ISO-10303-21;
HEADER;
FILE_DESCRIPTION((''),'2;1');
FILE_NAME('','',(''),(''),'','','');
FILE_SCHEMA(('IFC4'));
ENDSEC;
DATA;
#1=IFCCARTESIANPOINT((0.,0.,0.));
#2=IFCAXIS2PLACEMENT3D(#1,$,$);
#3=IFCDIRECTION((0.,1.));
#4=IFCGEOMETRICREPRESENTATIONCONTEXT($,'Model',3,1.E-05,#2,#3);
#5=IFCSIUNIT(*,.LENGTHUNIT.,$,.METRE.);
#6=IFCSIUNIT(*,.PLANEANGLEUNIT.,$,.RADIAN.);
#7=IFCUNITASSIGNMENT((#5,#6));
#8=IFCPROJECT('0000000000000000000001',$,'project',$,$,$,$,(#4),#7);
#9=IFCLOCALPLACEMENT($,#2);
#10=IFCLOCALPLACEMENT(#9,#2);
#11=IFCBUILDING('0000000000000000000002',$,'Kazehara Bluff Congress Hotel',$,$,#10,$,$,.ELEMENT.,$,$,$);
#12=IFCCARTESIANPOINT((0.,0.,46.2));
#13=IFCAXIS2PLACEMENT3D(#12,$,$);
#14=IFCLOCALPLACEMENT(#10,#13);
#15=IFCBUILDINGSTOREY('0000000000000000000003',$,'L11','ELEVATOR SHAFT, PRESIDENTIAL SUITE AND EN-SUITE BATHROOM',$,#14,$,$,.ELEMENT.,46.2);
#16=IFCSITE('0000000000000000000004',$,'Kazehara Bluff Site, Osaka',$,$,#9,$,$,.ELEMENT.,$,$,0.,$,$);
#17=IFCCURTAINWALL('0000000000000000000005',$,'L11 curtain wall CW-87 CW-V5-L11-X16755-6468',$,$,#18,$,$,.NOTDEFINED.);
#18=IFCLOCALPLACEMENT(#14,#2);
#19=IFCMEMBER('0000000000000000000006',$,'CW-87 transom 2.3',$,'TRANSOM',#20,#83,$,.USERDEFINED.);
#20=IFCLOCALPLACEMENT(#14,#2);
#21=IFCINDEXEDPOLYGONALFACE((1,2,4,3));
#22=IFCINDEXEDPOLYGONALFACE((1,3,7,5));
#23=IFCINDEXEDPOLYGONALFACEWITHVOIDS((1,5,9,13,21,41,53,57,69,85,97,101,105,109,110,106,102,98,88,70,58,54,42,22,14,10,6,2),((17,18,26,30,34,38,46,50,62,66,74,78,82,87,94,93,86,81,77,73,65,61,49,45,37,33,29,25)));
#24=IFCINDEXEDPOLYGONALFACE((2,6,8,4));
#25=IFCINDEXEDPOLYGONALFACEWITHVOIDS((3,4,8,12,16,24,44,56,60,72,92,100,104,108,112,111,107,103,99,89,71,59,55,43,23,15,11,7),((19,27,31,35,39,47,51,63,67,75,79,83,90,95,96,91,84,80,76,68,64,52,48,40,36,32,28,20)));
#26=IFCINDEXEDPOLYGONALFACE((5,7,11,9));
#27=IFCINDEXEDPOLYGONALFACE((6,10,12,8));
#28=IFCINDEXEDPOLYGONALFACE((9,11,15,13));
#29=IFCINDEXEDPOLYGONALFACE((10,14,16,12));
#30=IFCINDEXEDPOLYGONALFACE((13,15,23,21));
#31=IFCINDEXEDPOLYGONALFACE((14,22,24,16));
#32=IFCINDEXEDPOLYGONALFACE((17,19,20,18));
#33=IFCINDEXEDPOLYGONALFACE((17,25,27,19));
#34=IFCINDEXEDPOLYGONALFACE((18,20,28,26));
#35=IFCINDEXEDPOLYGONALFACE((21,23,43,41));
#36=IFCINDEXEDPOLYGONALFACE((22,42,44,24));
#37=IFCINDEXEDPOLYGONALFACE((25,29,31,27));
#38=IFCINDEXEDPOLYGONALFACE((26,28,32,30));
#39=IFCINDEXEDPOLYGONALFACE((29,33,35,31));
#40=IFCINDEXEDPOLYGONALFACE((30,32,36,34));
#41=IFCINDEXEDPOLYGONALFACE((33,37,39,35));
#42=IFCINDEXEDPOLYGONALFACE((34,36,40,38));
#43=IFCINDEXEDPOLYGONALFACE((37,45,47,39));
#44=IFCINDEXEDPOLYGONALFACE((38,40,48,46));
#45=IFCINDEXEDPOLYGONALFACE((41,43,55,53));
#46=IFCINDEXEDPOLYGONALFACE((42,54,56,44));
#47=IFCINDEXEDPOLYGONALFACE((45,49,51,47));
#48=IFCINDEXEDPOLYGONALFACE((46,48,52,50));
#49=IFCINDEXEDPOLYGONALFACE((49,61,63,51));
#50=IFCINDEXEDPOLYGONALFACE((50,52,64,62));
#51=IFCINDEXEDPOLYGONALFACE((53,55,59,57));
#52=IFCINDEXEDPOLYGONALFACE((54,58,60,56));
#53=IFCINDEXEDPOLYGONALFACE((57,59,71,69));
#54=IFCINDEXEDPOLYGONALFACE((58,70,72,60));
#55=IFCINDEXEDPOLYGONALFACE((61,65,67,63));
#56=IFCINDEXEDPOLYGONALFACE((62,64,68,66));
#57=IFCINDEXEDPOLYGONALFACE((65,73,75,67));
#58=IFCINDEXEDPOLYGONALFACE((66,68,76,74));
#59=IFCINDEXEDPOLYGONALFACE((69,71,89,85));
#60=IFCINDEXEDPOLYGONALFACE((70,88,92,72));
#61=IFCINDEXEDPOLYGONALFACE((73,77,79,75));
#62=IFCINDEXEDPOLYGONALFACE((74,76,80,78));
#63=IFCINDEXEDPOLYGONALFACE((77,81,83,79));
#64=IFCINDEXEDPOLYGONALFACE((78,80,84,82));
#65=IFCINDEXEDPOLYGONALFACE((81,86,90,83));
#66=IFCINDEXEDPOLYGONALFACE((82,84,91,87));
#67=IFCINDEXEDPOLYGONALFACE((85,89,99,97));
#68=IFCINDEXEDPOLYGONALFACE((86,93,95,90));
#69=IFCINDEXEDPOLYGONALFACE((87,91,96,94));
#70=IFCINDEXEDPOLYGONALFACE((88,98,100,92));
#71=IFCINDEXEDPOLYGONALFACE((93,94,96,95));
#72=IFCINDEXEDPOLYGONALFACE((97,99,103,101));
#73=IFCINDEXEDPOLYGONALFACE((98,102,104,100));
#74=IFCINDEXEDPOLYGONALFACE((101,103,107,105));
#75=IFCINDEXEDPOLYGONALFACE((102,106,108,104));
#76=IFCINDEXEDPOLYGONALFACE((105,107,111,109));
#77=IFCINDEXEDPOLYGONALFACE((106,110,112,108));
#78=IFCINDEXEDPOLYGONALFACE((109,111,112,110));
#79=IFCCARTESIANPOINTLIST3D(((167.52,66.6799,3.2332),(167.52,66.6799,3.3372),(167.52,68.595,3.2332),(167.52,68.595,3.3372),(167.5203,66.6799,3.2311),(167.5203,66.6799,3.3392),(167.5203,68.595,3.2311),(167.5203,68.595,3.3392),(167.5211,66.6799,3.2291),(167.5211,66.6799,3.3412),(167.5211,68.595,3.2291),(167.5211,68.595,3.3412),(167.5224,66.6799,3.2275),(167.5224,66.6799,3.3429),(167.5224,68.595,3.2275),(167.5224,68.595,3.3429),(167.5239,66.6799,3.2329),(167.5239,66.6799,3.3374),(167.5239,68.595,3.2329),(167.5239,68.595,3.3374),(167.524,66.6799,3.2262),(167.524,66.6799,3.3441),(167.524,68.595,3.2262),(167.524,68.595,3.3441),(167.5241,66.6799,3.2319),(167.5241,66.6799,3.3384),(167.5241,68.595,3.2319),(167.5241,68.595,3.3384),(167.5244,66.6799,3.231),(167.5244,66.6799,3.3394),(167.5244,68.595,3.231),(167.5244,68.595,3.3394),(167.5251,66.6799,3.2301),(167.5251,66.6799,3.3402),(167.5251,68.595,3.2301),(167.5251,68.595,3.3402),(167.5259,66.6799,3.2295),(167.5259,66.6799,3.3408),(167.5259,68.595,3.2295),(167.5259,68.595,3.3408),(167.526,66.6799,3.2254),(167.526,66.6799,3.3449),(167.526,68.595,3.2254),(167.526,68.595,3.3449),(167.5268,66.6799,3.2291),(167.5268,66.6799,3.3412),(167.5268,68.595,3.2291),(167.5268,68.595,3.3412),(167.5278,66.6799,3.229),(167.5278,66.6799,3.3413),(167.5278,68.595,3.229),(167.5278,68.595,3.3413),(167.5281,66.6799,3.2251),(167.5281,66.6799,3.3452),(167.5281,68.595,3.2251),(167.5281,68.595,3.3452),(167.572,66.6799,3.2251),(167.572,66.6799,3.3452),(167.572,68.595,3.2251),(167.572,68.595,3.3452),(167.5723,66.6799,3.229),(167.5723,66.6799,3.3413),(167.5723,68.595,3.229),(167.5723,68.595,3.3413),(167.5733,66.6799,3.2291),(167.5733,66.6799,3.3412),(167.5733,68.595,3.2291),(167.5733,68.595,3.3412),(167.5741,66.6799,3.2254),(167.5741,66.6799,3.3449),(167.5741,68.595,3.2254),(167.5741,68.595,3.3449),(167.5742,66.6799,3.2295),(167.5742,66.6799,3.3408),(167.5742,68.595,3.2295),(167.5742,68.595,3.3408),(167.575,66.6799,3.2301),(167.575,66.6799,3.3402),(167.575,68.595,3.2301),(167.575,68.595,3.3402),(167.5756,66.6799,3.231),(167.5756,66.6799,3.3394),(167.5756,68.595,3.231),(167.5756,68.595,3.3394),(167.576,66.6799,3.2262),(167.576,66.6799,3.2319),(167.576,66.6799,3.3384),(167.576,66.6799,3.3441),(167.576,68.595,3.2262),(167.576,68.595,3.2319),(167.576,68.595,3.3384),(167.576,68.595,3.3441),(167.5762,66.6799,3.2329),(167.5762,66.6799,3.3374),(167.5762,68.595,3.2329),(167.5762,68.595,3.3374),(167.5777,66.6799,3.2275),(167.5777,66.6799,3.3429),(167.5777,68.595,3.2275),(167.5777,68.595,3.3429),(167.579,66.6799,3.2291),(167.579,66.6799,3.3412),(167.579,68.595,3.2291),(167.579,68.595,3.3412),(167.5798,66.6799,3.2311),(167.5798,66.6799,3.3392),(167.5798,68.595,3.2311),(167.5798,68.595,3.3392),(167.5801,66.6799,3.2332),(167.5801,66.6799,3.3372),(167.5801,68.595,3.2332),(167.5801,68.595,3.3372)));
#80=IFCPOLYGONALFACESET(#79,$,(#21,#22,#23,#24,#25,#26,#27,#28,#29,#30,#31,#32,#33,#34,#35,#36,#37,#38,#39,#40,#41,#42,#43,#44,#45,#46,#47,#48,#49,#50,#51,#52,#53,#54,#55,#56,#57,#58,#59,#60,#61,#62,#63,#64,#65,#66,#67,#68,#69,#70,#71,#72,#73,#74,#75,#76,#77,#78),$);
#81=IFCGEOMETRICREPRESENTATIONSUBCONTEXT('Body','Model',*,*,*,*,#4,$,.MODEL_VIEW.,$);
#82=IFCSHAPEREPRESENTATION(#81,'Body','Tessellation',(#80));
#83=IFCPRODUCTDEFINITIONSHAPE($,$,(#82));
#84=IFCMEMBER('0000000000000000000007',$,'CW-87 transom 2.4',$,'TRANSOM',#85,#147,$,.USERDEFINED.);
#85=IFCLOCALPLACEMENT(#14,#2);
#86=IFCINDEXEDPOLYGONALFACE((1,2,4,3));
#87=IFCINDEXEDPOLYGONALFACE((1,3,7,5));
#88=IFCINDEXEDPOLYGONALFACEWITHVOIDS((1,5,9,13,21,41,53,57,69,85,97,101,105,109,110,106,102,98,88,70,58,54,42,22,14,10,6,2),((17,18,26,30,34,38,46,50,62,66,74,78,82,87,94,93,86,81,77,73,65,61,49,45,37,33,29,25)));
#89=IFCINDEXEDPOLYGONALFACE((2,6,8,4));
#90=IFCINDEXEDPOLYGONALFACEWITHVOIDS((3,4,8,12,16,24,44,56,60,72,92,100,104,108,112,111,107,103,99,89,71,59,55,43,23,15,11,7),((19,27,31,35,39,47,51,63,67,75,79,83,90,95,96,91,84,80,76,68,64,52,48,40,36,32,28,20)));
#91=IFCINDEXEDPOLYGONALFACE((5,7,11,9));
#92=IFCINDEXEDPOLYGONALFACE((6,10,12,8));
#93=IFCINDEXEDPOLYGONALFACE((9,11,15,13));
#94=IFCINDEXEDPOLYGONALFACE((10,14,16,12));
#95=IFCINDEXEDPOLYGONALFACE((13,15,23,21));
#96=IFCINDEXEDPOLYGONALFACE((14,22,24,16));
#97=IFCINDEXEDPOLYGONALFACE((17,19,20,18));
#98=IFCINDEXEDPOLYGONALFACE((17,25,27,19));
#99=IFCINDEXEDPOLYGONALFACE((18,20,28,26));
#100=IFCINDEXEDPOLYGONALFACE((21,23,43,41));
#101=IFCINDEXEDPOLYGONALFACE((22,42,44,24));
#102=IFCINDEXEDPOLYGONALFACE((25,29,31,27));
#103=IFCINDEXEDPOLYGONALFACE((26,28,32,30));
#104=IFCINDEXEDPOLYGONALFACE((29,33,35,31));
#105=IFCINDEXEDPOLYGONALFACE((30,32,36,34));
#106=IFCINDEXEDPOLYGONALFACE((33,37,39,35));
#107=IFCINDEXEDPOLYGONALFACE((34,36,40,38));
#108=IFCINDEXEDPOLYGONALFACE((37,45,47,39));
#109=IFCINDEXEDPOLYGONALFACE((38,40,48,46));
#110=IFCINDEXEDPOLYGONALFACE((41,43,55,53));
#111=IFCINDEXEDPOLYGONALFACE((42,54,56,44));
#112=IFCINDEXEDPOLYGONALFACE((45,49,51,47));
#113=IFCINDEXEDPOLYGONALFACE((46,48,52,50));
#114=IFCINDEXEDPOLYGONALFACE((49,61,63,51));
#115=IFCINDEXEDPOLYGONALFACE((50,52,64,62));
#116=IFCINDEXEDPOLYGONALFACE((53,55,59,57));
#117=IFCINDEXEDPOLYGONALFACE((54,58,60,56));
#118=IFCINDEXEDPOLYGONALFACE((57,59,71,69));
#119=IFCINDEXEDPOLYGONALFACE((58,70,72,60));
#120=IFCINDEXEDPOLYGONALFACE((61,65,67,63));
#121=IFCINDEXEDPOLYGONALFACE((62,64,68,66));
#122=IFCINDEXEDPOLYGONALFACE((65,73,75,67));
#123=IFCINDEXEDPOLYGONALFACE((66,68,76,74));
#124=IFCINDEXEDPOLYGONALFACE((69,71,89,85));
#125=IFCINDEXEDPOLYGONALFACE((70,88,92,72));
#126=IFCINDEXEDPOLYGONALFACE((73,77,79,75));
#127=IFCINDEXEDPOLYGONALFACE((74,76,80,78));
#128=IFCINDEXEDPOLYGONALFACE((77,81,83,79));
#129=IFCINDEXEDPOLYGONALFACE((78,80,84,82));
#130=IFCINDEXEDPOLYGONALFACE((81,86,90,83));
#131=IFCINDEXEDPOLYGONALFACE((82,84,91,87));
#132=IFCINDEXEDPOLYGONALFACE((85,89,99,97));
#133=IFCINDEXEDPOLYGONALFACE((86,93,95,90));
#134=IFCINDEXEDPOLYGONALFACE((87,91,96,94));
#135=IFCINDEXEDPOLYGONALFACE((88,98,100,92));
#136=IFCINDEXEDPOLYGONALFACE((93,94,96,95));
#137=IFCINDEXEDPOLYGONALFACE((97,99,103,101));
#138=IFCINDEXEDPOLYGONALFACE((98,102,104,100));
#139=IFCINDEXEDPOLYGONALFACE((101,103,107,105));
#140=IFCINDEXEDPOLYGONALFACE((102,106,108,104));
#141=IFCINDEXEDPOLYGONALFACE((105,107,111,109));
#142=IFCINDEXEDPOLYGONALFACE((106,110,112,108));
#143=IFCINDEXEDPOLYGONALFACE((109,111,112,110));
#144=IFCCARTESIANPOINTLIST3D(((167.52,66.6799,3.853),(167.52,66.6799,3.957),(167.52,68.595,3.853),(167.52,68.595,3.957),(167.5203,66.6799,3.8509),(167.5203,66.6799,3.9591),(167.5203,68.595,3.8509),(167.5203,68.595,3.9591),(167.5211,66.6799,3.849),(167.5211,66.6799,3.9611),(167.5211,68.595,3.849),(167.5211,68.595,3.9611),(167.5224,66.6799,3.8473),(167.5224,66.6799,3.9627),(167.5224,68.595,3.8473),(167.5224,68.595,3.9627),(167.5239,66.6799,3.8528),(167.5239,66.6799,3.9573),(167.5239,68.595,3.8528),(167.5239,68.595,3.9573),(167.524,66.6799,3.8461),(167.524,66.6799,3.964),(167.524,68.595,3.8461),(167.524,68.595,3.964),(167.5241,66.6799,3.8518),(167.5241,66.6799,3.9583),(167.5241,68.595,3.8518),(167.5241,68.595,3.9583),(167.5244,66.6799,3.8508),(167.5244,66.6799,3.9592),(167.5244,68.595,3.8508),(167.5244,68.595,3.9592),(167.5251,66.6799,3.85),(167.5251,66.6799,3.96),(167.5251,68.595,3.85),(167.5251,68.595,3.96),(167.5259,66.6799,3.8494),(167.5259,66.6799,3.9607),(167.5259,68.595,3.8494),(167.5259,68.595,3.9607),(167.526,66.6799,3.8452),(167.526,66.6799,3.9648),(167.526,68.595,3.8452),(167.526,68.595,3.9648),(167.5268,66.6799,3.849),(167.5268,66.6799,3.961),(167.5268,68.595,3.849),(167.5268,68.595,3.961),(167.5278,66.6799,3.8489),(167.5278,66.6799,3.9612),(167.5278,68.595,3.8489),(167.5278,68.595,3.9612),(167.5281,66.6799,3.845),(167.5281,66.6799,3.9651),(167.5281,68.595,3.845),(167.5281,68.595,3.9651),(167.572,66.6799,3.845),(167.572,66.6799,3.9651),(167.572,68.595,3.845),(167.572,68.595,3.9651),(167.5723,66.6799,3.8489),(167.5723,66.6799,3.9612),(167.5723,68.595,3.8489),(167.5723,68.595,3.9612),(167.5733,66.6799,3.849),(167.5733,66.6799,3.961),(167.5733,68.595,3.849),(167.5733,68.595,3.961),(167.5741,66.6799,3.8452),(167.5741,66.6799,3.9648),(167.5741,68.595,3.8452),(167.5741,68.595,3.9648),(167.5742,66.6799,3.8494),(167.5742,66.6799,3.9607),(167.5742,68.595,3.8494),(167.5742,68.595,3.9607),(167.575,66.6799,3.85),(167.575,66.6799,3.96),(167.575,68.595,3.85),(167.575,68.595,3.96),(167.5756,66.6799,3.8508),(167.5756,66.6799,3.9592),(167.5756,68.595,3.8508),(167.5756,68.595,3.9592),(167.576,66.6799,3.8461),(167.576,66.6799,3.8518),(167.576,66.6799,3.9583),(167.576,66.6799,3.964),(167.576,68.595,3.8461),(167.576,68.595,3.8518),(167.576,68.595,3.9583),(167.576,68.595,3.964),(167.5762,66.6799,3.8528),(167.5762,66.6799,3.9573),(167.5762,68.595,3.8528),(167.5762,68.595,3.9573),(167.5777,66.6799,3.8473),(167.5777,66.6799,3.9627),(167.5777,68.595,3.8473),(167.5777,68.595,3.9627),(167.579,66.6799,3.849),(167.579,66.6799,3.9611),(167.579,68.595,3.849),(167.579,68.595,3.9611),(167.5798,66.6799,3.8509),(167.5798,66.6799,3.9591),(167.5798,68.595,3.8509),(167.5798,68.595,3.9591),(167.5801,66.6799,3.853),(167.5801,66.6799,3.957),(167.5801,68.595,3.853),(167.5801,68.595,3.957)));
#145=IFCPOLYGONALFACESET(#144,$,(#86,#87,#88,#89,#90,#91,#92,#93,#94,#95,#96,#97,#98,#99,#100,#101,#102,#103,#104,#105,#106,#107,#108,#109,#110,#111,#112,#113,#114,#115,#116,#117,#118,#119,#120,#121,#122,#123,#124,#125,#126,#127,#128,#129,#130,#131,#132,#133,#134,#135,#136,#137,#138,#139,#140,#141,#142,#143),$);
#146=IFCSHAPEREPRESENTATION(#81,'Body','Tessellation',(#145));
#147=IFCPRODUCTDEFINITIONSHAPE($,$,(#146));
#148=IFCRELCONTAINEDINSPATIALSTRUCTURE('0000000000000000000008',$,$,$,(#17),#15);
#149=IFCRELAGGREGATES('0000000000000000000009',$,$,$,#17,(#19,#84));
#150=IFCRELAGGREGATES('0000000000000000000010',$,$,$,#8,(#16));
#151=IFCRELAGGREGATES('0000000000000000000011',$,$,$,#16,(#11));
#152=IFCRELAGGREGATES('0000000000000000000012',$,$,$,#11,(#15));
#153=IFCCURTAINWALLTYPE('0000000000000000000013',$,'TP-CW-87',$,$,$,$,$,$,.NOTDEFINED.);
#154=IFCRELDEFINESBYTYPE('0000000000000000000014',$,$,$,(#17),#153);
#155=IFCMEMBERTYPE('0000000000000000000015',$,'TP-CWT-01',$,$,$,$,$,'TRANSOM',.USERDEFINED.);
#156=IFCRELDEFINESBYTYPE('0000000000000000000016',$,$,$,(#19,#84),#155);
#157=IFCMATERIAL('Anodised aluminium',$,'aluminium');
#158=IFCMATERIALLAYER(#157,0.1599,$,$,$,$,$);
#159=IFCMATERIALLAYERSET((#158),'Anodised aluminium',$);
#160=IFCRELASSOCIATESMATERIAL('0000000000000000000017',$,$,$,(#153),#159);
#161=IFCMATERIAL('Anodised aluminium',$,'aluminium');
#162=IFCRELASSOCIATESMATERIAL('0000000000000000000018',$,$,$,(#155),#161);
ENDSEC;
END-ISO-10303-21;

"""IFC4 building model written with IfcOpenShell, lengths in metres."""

from ifc_helpers import new_model, si_unit, direction, frame, origin, origin_2d, place, context, subcontext, project, spatial, hollow_rectangle, extrude, material, layer, layer_set, material_profile, profile_set, type_object, element, aggregate, save


model = new_model("IFC4")

# Units and contexts
model_context = context("Model", 3, precision=1e-05, world=origin(), true_north=direction((0.0, 1.0)))
body_context = subcontext(model_context, "Body", "Model", "MODEL_VIEW")
ifc_project = project(units=[si_unit("LENGTHUNIT", "METRE"), si_unit("PLANEANGLEUNIT", "RADIAN")], contexts=[model_context])

# Site, building, storey
site_placement = place(None, origin())
site = spatial("IfcSite", under=ifc_project, at=site_placement, Name="Kazehara Bluff Site, Osaka", CompositionType="ELEMENT", RefElevation=0.0)
building_placement = place(site_placement, origin())
building = spatial("IfcBuilding", under=site, at=building_placement, Name="Kazehara Bluff Congress Hotel", CompositionType="ELEMENT")
storey_placement = place(building_placement, frame((0.0, 0.0, 46.2)))
storey = spatial("IfcBuildingStorey", under=building, at=storey_placement, Name="L11", Description="ELEVATOR SHAFT, PRESIDENTIAL SUITE AND EN-SUITE BATHROOM", CompositionType="ELEMENT", Elevation=46.2)

# Curtain wall, members
ifc_material_1 = material(Name="Anodised aluminium", Category="aluminium")
ifc_layer_1 = layer(ifc_material_1, 0.1599)
ifc_layer_set_1 = layer_set([ifc_layer_1], Name="Anodised aluminium")
curtain_wall_type = type_object("IfcCurtainWallType", Name="TP-CW-87", PredefinedType="NOTDEFINED", material=ifc_layer_set_1)
curtain_wall_placement = place(storey_placement, origin())
curtain_wall = element("IfcCurtainWall", 1, at=curtain_wall_placement, inside=storey, type_object=curtain_wall_type, Name="L11 curtain wall CW-87 CW-V5-L11-X16755-6468", PredefinedType="NOTDEFINED")
ifc_material_2 = material(Name="Anodised aluminium", Category="aluminium")
ifc_material_profile_1 = material_profile(ifc_material_2, hollow_rectangle(XDim=0.0601, YDim=0.1201, WallThickness=0.0039, InnerFilletRadius=0.0039, OuterFilletRadius=0.0081, at=origin_2d()))
ifc_profile_set_1 = profile_set([ifc_material_profile_1], Name="Anodised aluminium")
member_type_1 = type_object("IfcMemberType", Name="TP-CWT-01", ElementType="TRANSOM", PredefinedType="USERDEFINED", material=ifc_profile_set_1)
member_1_placement = place(storey_placement, frame((167.55, 66.6799, 3.2852), z_axis=(0.0, 1.0, 0.0), x_axis=(-1.0, 0.0, 0.0)))
member_1 = element("IfcMember", 2, at=member_1_placement, type_object=member_type_1, Name="CW-87 transom 2.3", ObjectType="TRANSOM", PredefinedType="USERDEFINED", context=body_context, shape_type="SweptSolid", body=[
    extrude(hollow_rectangle(XDim=0.0601, YDim=0.1201, WallThickness=0.0039, InnerFilletRadius=0.0039, OuterFilletRadius=0.0081, at=origin_2d()), origin(), (0.0, 0.0, 1.0), 1.915),
])
member_2_placement = place(storey_placement, frame((167.55, 66.6799, 3.905), z_axis=(0.0, 1.0, 0.0), x_axis=(-1.0, 0.0, 0.0)))
member_2 = element("IfcMember", 3, at=member_2_placement, type_object=member_type_1, Name="CW-87 transom 2.4", ObjectType="TRANSOM", PredefinedType="USERDEFINED", context=body_context, shape_type="SweptSolid", body=[
    extrude(hollow_rectangle(XDim=0.0601, YDim=0.1201, WallThickness=0.0039, InnerFilletRadius=0.0039, OuterFilletRadius=0.0081, at=origin_2d()), origin(), (0.0, 0.0, 1.0), 1.915),
])
aggregate(curtain_wall, [member_1, member_2])

save(model, "model.ifc")
